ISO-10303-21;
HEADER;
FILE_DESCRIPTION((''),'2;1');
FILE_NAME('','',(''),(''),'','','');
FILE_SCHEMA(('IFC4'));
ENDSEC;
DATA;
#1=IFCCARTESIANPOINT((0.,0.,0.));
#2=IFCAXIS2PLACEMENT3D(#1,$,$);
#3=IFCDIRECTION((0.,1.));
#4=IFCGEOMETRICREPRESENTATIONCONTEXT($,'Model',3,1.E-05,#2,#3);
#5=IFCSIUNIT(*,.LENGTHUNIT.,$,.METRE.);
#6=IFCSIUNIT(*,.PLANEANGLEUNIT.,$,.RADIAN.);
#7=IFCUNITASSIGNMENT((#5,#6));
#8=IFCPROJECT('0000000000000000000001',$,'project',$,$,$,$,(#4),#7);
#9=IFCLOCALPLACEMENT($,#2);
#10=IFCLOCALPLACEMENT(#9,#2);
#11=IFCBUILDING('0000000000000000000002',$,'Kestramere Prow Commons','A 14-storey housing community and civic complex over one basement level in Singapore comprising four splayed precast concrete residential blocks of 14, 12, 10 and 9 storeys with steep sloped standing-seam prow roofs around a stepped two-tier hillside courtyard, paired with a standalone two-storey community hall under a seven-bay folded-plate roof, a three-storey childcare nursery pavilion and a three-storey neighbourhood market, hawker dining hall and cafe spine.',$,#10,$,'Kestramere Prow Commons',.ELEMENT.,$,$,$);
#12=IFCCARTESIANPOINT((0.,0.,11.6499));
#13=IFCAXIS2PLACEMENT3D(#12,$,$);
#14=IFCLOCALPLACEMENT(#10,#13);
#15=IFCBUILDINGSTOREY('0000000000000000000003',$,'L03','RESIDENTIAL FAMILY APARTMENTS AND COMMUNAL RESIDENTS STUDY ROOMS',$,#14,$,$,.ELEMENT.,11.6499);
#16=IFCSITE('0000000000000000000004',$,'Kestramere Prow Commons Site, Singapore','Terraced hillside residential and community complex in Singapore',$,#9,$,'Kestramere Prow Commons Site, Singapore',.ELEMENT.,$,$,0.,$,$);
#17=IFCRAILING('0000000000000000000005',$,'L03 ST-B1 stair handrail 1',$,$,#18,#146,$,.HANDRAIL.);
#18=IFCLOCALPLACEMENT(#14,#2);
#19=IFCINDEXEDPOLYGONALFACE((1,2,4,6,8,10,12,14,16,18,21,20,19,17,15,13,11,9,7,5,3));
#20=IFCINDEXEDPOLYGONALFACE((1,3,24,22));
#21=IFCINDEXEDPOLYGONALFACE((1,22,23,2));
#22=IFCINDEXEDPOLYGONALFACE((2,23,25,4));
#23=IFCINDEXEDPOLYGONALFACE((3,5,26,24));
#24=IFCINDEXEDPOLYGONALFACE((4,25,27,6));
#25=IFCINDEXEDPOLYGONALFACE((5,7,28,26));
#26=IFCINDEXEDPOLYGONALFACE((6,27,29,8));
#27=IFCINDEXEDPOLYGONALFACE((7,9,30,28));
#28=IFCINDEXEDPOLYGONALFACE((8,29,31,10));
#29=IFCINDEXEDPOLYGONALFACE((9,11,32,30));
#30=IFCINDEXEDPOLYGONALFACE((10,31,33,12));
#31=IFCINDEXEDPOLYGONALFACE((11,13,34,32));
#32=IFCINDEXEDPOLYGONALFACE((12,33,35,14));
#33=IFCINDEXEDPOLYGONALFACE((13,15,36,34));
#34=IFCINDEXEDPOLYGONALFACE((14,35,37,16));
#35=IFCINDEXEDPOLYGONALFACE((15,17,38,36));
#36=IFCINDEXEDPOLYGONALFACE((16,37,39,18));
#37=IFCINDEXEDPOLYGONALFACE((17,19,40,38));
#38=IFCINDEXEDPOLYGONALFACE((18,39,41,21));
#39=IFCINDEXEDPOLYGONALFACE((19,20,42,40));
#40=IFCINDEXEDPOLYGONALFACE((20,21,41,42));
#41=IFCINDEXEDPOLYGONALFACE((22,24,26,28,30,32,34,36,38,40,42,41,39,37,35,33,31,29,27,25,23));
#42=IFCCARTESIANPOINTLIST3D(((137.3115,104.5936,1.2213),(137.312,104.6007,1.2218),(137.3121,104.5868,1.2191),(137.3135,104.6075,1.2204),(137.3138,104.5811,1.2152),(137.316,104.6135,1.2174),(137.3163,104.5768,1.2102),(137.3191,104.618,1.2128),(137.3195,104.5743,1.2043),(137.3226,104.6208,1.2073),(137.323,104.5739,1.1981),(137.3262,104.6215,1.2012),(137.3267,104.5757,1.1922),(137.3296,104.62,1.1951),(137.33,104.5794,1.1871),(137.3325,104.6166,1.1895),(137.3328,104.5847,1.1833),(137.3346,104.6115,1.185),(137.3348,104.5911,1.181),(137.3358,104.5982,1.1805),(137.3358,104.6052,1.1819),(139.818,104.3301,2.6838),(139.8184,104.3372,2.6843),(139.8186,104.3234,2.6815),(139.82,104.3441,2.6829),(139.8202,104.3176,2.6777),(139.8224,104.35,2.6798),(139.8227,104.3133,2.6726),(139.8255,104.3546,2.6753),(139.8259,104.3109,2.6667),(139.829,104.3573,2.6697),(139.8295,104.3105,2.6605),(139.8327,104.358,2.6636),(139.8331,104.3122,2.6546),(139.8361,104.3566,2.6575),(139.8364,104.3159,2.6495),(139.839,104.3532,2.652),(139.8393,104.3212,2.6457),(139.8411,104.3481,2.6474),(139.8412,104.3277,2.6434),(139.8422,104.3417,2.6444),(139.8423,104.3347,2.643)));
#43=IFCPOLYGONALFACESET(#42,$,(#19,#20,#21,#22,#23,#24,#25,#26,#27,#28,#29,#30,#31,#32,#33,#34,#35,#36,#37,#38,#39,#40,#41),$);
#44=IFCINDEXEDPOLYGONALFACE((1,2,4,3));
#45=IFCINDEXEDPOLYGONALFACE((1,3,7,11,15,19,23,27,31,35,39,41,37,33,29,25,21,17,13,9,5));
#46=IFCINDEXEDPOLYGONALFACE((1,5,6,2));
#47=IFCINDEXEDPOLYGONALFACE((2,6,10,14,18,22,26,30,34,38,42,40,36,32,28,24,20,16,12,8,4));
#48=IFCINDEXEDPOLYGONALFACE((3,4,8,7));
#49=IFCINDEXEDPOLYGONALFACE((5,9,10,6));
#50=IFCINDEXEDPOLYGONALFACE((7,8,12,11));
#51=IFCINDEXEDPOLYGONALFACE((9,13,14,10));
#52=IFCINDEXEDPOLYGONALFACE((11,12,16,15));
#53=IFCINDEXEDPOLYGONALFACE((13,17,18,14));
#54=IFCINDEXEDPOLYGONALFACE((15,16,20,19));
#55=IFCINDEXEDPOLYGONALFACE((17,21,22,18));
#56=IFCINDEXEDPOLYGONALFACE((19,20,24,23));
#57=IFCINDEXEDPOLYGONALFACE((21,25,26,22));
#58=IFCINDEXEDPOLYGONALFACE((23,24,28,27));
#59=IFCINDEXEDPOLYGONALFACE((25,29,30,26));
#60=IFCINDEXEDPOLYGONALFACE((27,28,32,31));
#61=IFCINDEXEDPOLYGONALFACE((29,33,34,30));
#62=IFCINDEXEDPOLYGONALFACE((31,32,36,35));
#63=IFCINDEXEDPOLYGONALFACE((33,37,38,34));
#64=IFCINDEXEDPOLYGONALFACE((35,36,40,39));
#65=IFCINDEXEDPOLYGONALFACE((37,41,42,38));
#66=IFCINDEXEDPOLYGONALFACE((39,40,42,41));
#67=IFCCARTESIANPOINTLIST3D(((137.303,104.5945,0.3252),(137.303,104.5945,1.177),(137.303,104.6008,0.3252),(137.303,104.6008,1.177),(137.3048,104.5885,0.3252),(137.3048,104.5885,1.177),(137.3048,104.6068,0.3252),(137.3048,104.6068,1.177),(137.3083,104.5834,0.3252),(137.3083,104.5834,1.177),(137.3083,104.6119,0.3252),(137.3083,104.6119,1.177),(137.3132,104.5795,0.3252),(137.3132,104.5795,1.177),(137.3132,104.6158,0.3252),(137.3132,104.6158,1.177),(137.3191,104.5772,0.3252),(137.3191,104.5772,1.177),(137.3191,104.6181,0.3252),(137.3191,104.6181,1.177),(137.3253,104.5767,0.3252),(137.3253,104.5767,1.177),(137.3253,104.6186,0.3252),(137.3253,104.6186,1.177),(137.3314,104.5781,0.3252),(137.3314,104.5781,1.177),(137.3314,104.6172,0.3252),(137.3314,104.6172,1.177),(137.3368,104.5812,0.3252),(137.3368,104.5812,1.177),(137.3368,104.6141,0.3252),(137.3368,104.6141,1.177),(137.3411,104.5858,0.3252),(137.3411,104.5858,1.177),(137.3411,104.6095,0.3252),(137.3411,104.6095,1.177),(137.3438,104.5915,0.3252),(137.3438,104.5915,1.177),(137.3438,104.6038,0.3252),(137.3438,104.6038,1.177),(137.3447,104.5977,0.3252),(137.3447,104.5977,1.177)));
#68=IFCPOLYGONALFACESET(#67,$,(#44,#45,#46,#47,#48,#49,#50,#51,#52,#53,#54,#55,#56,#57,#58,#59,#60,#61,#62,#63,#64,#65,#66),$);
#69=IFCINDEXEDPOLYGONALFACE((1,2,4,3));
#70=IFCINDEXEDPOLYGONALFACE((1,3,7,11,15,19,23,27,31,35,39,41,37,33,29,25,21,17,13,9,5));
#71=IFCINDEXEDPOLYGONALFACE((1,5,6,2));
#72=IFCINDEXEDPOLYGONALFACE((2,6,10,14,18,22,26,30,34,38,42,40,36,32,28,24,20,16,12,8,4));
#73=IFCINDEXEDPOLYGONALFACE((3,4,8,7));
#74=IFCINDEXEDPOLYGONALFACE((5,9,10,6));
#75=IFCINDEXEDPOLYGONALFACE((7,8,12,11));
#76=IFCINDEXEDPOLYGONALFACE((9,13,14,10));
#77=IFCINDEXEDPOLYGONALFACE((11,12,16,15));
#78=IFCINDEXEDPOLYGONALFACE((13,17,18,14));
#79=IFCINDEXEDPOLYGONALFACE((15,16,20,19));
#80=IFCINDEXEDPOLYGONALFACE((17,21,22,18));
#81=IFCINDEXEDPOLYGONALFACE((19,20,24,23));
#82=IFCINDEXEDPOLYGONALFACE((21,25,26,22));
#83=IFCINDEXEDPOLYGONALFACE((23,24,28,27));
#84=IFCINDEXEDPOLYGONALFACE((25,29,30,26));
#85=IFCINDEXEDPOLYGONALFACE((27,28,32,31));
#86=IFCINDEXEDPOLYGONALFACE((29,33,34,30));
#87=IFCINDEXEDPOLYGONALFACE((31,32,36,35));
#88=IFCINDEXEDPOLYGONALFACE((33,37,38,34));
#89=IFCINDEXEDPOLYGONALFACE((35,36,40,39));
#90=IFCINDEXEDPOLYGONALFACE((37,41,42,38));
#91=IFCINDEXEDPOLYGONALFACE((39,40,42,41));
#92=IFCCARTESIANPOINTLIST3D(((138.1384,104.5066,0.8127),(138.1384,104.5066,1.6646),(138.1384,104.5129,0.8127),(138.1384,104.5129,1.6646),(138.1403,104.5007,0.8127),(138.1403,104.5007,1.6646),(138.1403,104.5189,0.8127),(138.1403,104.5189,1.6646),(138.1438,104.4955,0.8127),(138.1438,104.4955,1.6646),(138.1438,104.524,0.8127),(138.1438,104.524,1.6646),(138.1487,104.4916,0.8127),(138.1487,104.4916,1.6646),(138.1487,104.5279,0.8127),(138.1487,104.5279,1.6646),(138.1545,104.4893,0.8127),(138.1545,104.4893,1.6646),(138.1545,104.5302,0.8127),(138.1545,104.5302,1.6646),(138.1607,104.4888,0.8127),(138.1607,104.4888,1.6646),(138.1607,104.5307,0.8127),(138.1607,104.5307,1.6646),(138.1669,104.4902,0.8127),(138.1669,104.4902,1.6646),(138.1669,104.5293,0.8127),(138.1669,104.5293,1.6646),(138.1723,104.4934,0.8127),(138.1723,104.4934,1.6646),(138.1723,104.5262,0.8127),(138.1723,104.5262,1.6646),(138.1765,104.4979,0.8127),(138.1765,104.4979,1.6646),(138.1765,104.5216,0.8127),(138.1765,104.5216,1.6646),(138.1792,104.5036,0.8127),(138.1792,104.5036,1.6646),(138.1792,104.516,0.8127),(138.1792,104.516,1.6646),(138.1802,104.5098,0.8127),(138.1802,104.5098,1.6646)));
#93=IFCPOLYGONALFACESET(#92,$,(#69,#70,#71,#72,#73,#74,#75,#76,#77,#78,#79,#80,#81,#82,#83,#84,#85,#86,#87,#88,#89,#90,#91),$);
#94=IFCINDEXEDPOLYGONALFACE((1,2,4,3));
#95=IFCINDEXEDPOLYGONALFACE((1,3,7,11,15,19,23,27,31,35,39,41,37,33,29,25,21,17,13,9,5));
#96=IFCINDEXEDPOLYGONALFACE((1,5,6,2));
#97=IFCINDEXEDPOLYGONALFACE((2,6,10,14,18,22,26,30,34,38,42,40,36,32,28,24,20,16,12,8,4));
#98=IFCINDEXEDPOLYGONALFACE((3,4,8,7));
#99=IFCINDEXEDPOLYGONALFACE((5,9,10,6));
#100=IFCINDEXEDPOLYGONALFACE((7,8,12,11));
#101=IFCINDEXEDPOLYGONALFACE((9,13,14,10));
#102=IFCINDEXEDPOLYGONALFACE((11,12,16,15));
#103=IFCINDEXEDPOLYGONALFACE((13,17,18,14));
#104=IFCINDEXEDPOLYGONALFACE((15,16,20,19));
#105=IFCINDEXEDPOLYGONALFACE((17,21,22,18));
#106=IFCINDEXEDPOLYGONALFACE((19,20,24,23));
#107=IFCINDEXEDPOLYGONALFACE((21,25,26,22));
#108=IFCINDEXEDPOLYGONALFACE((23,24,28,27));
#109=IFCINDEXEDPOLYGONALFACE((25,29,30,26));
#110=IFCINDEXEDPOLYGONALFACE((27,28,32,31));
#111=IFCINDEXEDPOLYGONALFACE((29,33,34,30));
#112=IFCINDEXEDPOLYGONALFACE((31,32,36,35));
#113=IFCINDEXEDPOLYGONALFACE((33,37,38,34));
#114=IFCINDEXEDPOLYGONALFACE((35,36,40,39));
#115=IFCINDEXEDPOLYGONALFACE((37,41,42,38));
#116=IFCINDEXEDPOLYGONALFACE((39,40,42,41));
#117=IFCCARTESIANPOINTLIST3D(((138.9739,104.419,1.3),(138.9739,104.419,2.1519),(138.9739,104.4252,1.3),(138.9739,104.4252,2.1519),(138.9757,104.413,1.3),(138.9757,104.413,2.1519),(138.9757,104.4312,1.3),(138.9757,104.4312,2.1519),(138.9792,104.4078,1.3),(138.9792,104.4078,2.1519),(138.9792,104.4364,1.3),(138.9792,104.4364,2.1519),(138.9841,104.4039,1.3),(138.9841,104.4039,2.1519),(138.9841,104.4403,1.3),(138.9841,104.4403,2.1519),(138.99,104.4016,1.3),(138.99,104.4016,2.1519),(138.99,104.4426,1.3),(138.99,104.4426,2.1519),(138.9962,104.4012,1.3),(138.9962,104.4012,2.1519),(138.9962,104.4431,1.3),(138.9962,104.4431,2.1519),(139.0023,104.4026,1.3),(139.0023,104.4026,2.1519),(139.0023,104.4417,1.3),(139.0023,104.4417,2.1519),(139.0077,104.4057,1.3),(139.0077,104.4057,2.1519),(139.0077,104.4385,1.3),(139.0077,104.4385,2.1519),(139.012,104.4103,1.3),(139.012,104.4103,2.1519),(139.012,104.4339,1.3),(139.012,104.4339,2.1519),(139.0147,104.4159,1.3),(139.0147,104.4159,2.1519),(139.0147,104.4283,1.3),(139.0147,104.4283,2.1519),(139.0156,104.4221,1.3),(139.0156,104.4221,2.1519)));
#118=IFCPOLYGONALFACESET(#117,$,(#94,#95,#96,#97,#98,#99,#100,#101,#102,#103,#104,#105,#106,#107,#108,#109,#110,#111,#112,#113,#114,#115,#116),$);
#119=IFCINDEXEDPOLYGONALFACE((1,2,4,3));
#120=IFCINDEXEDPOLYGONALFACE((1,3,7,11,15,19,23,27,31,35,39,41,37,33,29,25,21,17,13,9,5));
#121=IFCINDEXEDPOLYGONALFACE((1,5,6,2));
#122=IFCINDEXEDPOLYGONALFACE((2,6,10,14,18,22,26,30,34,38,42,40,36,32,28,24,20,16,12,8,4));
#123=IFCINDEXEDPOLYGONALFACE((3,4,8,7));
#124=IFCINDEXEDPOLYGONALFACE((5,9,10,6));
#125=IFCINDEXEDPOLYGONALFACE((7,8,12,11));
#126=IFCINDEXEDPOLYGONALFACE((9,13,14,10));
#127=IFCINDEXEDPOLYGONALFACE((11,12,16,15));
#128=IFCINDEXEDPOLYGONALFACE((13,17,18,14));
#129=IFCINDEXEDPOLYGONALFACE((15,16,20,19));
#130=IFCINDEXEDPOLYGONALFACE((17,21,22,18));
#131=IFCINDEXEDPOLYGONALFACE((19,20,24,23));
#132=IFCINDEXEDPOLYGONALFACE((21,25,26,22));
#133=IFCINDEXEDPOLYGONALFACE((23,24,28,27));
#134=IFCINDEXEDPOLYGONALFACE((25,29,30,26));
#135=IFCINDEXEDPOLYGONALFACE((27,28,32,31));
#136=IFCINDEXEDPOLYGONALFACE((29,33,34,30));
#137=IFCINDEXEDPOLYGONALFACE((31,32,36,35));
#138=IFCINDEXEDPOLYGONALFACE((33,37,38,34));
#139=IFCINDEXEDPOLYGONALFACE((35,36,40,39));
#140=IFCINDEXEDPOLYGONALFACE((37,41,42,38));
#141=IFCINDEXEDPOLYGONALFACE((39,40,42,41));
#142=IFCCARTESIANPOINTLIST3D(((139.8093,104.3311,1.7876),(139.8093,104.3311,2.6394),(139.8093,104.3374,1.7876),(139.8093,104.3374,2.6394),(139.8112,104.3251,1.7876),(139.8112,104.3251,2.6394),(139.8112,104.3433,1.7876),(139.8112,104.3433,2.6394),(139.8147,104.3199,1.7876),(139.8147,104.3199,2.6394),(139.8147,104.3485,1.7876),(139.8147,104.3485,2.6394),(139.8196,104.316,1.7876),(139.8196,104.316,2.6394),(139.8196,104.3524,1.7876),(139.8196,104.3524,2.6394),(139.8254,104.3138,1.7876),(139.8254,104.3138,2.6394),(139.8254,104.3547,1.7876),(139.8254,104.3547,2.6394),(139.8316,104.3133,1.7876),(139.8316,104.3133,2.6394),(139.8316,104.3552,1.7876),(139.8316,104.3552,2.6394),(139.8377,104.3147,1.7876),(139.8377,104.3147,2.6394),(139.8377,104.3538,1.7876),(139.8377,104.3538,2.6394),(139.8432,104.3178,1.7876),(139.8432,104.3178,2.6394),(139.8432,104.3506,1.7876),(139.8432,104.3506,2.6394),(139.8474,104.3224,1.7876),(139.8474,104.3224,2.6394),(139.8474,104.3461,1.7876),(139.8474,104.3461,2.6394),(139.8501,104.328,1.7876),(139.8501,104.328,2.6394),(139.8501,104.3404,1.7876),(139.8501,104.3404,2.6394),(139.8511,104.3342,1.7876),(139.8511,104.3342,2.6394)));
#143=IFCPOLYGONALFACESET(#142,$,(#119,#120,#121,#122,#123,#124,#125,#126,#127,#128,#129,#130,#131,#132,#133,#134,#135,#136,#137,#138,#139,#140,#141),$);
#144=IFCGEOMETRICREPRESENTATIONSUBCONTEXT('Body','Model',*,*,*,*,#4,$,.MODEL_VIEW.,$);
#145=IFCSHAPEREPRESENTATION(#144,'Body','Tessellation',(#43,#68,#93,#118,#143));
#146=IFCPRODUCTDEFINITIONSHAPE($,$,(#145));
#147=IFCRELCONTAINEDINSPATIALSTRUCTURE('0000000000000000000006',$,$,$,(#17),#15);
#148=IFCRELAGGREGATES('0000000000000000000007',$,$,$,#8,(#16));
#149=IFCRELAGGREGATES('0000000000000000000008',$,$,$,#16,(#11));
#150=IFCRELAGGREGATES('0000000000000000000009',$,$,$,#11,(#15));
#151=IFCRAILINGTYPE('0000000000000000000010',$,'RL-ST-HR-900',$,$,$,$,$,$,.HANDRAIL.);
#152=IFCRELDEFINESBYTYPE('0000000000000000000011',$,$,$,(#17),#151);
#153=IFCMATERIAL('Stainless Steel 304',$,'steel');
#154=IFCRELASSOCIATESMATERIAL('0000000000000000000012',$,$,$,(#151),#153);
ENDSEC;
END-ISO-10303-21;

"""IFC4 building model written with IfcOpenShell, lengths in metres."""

from ifc_helpers import new_model, si_unit, direction, frame, origin, origin_2d, place, context, subcontext, project, spatial, circle, extrude, material, type_object, element, save


model = new_model("IFC4")

# Units and contexts
model_context = context("Model", 3, precision=1e-05, world=origin(), true_north=direction((0.0, 1.0)))
body_context = subcontext(model_context, "Body", "Model", "MODEL_VIEW")
ifc_project = project(units=[si_unit("LENGTHUNIT", "METRE"), si_unit("PLANEANGLEUNIT", "RADIAN")], contexts=[model_context])

# Site, building, storey
site_placement = place(None, origin())
site = spatial("IfcSite", under=ifc_project, at=site_placement, Name="Kestramere Prow Commons Site, Singapore", Description="Terraced hillside residential and community complex in Singapore", LongName="Kestramere Prow Commons Site, Singapore", CompositionType="ELEMENT", RefElevation=0.0)
building_placement = place(site_placement, origin())
building = spatial("IfcBuilding", under=site, at=building_placement, Name="Kestramere Prow Commons", Description="A 14-storey housing community and civic complex over one basement level in Singapore comprising four splayed precast concrete residential blocks of 14, 12, 10 and 9 storeys with steep sloped standing-seam prow roofs around a stepped two-tier hillside courtyard, paired with a standalone two-storey community hall under a seven-bay folded-plate roof, a three-storey childcare nursery pavilion and a three-storey neighbourhood market, hawker dining hall and cafe spine.", LongName="Kestramere Prow Commons", CompositionType="ELEMENT")
storey_placement = place(building_placement, frame((0.0, 0.0, 11.6499)))
storey = spatial("IfcBuildingStorey", under=building, at=storey_placement, Name="L03", Description="RESIDENTIAL FAMILY APARTMENTS AND COMMUNAL RESIDENTS STUDY ROOMS", CompositionType="ELEMENT", Elevation=11.6499)

# Railing
ifc_material_1 = material(Name="Stainless Steel 304", Category="steel")
railing_type_1 = type_object("IfcRailingType", Name="RL-ST-HR-900", PredefinedType="HANDRAIL", material=ifc_material_1)
railing_1_placement = place(storey_placement, frame((137.3237, 104.5977, 0.3252)))
element("IfcRailing", 1, at=railing_1_placement, inside=storey, type_object=railing_type_1, Name="L03 ST-B1 stair handrail 1", PredefinedType="HANDRAIL", context=body_context, shape_type="SweptSolid", body=[
    extrude(circle(Radius=0.0239, at=origin_2d()), frame((0.0, 0.0, 0.876), z_axis=(0.860187, -0.090409, 0.501901), x_axis=(0.104528, 0.994522, 0.0)), (0.0, 0.0, 1.0), 2.9138),
    extrude(circle(Radius=0.021, at=origin_2d()), origin(), (0.0, 0.0, 1.0), 0.8518),
    extrude(circle(Radius=0.021, at=origin_2d()), frame((0.8354, -0.0879, 0.4875)), (0.0, 0.0, 1.0), 0.8518),
    extrude(circle(Radius=0.021, at=origin_2d()), frame((1.6709, -0.1755, 0.9749)), (0.0, 0.0, 1.0), 0.8518),
    extrude(circle(Radius=0.021, at=origin_2d()), frame((2.5063, -0.2634, 1.4624)), (0.0, 0.0, 1.0), 0.8518),
])

save(model, "model.ifc")
